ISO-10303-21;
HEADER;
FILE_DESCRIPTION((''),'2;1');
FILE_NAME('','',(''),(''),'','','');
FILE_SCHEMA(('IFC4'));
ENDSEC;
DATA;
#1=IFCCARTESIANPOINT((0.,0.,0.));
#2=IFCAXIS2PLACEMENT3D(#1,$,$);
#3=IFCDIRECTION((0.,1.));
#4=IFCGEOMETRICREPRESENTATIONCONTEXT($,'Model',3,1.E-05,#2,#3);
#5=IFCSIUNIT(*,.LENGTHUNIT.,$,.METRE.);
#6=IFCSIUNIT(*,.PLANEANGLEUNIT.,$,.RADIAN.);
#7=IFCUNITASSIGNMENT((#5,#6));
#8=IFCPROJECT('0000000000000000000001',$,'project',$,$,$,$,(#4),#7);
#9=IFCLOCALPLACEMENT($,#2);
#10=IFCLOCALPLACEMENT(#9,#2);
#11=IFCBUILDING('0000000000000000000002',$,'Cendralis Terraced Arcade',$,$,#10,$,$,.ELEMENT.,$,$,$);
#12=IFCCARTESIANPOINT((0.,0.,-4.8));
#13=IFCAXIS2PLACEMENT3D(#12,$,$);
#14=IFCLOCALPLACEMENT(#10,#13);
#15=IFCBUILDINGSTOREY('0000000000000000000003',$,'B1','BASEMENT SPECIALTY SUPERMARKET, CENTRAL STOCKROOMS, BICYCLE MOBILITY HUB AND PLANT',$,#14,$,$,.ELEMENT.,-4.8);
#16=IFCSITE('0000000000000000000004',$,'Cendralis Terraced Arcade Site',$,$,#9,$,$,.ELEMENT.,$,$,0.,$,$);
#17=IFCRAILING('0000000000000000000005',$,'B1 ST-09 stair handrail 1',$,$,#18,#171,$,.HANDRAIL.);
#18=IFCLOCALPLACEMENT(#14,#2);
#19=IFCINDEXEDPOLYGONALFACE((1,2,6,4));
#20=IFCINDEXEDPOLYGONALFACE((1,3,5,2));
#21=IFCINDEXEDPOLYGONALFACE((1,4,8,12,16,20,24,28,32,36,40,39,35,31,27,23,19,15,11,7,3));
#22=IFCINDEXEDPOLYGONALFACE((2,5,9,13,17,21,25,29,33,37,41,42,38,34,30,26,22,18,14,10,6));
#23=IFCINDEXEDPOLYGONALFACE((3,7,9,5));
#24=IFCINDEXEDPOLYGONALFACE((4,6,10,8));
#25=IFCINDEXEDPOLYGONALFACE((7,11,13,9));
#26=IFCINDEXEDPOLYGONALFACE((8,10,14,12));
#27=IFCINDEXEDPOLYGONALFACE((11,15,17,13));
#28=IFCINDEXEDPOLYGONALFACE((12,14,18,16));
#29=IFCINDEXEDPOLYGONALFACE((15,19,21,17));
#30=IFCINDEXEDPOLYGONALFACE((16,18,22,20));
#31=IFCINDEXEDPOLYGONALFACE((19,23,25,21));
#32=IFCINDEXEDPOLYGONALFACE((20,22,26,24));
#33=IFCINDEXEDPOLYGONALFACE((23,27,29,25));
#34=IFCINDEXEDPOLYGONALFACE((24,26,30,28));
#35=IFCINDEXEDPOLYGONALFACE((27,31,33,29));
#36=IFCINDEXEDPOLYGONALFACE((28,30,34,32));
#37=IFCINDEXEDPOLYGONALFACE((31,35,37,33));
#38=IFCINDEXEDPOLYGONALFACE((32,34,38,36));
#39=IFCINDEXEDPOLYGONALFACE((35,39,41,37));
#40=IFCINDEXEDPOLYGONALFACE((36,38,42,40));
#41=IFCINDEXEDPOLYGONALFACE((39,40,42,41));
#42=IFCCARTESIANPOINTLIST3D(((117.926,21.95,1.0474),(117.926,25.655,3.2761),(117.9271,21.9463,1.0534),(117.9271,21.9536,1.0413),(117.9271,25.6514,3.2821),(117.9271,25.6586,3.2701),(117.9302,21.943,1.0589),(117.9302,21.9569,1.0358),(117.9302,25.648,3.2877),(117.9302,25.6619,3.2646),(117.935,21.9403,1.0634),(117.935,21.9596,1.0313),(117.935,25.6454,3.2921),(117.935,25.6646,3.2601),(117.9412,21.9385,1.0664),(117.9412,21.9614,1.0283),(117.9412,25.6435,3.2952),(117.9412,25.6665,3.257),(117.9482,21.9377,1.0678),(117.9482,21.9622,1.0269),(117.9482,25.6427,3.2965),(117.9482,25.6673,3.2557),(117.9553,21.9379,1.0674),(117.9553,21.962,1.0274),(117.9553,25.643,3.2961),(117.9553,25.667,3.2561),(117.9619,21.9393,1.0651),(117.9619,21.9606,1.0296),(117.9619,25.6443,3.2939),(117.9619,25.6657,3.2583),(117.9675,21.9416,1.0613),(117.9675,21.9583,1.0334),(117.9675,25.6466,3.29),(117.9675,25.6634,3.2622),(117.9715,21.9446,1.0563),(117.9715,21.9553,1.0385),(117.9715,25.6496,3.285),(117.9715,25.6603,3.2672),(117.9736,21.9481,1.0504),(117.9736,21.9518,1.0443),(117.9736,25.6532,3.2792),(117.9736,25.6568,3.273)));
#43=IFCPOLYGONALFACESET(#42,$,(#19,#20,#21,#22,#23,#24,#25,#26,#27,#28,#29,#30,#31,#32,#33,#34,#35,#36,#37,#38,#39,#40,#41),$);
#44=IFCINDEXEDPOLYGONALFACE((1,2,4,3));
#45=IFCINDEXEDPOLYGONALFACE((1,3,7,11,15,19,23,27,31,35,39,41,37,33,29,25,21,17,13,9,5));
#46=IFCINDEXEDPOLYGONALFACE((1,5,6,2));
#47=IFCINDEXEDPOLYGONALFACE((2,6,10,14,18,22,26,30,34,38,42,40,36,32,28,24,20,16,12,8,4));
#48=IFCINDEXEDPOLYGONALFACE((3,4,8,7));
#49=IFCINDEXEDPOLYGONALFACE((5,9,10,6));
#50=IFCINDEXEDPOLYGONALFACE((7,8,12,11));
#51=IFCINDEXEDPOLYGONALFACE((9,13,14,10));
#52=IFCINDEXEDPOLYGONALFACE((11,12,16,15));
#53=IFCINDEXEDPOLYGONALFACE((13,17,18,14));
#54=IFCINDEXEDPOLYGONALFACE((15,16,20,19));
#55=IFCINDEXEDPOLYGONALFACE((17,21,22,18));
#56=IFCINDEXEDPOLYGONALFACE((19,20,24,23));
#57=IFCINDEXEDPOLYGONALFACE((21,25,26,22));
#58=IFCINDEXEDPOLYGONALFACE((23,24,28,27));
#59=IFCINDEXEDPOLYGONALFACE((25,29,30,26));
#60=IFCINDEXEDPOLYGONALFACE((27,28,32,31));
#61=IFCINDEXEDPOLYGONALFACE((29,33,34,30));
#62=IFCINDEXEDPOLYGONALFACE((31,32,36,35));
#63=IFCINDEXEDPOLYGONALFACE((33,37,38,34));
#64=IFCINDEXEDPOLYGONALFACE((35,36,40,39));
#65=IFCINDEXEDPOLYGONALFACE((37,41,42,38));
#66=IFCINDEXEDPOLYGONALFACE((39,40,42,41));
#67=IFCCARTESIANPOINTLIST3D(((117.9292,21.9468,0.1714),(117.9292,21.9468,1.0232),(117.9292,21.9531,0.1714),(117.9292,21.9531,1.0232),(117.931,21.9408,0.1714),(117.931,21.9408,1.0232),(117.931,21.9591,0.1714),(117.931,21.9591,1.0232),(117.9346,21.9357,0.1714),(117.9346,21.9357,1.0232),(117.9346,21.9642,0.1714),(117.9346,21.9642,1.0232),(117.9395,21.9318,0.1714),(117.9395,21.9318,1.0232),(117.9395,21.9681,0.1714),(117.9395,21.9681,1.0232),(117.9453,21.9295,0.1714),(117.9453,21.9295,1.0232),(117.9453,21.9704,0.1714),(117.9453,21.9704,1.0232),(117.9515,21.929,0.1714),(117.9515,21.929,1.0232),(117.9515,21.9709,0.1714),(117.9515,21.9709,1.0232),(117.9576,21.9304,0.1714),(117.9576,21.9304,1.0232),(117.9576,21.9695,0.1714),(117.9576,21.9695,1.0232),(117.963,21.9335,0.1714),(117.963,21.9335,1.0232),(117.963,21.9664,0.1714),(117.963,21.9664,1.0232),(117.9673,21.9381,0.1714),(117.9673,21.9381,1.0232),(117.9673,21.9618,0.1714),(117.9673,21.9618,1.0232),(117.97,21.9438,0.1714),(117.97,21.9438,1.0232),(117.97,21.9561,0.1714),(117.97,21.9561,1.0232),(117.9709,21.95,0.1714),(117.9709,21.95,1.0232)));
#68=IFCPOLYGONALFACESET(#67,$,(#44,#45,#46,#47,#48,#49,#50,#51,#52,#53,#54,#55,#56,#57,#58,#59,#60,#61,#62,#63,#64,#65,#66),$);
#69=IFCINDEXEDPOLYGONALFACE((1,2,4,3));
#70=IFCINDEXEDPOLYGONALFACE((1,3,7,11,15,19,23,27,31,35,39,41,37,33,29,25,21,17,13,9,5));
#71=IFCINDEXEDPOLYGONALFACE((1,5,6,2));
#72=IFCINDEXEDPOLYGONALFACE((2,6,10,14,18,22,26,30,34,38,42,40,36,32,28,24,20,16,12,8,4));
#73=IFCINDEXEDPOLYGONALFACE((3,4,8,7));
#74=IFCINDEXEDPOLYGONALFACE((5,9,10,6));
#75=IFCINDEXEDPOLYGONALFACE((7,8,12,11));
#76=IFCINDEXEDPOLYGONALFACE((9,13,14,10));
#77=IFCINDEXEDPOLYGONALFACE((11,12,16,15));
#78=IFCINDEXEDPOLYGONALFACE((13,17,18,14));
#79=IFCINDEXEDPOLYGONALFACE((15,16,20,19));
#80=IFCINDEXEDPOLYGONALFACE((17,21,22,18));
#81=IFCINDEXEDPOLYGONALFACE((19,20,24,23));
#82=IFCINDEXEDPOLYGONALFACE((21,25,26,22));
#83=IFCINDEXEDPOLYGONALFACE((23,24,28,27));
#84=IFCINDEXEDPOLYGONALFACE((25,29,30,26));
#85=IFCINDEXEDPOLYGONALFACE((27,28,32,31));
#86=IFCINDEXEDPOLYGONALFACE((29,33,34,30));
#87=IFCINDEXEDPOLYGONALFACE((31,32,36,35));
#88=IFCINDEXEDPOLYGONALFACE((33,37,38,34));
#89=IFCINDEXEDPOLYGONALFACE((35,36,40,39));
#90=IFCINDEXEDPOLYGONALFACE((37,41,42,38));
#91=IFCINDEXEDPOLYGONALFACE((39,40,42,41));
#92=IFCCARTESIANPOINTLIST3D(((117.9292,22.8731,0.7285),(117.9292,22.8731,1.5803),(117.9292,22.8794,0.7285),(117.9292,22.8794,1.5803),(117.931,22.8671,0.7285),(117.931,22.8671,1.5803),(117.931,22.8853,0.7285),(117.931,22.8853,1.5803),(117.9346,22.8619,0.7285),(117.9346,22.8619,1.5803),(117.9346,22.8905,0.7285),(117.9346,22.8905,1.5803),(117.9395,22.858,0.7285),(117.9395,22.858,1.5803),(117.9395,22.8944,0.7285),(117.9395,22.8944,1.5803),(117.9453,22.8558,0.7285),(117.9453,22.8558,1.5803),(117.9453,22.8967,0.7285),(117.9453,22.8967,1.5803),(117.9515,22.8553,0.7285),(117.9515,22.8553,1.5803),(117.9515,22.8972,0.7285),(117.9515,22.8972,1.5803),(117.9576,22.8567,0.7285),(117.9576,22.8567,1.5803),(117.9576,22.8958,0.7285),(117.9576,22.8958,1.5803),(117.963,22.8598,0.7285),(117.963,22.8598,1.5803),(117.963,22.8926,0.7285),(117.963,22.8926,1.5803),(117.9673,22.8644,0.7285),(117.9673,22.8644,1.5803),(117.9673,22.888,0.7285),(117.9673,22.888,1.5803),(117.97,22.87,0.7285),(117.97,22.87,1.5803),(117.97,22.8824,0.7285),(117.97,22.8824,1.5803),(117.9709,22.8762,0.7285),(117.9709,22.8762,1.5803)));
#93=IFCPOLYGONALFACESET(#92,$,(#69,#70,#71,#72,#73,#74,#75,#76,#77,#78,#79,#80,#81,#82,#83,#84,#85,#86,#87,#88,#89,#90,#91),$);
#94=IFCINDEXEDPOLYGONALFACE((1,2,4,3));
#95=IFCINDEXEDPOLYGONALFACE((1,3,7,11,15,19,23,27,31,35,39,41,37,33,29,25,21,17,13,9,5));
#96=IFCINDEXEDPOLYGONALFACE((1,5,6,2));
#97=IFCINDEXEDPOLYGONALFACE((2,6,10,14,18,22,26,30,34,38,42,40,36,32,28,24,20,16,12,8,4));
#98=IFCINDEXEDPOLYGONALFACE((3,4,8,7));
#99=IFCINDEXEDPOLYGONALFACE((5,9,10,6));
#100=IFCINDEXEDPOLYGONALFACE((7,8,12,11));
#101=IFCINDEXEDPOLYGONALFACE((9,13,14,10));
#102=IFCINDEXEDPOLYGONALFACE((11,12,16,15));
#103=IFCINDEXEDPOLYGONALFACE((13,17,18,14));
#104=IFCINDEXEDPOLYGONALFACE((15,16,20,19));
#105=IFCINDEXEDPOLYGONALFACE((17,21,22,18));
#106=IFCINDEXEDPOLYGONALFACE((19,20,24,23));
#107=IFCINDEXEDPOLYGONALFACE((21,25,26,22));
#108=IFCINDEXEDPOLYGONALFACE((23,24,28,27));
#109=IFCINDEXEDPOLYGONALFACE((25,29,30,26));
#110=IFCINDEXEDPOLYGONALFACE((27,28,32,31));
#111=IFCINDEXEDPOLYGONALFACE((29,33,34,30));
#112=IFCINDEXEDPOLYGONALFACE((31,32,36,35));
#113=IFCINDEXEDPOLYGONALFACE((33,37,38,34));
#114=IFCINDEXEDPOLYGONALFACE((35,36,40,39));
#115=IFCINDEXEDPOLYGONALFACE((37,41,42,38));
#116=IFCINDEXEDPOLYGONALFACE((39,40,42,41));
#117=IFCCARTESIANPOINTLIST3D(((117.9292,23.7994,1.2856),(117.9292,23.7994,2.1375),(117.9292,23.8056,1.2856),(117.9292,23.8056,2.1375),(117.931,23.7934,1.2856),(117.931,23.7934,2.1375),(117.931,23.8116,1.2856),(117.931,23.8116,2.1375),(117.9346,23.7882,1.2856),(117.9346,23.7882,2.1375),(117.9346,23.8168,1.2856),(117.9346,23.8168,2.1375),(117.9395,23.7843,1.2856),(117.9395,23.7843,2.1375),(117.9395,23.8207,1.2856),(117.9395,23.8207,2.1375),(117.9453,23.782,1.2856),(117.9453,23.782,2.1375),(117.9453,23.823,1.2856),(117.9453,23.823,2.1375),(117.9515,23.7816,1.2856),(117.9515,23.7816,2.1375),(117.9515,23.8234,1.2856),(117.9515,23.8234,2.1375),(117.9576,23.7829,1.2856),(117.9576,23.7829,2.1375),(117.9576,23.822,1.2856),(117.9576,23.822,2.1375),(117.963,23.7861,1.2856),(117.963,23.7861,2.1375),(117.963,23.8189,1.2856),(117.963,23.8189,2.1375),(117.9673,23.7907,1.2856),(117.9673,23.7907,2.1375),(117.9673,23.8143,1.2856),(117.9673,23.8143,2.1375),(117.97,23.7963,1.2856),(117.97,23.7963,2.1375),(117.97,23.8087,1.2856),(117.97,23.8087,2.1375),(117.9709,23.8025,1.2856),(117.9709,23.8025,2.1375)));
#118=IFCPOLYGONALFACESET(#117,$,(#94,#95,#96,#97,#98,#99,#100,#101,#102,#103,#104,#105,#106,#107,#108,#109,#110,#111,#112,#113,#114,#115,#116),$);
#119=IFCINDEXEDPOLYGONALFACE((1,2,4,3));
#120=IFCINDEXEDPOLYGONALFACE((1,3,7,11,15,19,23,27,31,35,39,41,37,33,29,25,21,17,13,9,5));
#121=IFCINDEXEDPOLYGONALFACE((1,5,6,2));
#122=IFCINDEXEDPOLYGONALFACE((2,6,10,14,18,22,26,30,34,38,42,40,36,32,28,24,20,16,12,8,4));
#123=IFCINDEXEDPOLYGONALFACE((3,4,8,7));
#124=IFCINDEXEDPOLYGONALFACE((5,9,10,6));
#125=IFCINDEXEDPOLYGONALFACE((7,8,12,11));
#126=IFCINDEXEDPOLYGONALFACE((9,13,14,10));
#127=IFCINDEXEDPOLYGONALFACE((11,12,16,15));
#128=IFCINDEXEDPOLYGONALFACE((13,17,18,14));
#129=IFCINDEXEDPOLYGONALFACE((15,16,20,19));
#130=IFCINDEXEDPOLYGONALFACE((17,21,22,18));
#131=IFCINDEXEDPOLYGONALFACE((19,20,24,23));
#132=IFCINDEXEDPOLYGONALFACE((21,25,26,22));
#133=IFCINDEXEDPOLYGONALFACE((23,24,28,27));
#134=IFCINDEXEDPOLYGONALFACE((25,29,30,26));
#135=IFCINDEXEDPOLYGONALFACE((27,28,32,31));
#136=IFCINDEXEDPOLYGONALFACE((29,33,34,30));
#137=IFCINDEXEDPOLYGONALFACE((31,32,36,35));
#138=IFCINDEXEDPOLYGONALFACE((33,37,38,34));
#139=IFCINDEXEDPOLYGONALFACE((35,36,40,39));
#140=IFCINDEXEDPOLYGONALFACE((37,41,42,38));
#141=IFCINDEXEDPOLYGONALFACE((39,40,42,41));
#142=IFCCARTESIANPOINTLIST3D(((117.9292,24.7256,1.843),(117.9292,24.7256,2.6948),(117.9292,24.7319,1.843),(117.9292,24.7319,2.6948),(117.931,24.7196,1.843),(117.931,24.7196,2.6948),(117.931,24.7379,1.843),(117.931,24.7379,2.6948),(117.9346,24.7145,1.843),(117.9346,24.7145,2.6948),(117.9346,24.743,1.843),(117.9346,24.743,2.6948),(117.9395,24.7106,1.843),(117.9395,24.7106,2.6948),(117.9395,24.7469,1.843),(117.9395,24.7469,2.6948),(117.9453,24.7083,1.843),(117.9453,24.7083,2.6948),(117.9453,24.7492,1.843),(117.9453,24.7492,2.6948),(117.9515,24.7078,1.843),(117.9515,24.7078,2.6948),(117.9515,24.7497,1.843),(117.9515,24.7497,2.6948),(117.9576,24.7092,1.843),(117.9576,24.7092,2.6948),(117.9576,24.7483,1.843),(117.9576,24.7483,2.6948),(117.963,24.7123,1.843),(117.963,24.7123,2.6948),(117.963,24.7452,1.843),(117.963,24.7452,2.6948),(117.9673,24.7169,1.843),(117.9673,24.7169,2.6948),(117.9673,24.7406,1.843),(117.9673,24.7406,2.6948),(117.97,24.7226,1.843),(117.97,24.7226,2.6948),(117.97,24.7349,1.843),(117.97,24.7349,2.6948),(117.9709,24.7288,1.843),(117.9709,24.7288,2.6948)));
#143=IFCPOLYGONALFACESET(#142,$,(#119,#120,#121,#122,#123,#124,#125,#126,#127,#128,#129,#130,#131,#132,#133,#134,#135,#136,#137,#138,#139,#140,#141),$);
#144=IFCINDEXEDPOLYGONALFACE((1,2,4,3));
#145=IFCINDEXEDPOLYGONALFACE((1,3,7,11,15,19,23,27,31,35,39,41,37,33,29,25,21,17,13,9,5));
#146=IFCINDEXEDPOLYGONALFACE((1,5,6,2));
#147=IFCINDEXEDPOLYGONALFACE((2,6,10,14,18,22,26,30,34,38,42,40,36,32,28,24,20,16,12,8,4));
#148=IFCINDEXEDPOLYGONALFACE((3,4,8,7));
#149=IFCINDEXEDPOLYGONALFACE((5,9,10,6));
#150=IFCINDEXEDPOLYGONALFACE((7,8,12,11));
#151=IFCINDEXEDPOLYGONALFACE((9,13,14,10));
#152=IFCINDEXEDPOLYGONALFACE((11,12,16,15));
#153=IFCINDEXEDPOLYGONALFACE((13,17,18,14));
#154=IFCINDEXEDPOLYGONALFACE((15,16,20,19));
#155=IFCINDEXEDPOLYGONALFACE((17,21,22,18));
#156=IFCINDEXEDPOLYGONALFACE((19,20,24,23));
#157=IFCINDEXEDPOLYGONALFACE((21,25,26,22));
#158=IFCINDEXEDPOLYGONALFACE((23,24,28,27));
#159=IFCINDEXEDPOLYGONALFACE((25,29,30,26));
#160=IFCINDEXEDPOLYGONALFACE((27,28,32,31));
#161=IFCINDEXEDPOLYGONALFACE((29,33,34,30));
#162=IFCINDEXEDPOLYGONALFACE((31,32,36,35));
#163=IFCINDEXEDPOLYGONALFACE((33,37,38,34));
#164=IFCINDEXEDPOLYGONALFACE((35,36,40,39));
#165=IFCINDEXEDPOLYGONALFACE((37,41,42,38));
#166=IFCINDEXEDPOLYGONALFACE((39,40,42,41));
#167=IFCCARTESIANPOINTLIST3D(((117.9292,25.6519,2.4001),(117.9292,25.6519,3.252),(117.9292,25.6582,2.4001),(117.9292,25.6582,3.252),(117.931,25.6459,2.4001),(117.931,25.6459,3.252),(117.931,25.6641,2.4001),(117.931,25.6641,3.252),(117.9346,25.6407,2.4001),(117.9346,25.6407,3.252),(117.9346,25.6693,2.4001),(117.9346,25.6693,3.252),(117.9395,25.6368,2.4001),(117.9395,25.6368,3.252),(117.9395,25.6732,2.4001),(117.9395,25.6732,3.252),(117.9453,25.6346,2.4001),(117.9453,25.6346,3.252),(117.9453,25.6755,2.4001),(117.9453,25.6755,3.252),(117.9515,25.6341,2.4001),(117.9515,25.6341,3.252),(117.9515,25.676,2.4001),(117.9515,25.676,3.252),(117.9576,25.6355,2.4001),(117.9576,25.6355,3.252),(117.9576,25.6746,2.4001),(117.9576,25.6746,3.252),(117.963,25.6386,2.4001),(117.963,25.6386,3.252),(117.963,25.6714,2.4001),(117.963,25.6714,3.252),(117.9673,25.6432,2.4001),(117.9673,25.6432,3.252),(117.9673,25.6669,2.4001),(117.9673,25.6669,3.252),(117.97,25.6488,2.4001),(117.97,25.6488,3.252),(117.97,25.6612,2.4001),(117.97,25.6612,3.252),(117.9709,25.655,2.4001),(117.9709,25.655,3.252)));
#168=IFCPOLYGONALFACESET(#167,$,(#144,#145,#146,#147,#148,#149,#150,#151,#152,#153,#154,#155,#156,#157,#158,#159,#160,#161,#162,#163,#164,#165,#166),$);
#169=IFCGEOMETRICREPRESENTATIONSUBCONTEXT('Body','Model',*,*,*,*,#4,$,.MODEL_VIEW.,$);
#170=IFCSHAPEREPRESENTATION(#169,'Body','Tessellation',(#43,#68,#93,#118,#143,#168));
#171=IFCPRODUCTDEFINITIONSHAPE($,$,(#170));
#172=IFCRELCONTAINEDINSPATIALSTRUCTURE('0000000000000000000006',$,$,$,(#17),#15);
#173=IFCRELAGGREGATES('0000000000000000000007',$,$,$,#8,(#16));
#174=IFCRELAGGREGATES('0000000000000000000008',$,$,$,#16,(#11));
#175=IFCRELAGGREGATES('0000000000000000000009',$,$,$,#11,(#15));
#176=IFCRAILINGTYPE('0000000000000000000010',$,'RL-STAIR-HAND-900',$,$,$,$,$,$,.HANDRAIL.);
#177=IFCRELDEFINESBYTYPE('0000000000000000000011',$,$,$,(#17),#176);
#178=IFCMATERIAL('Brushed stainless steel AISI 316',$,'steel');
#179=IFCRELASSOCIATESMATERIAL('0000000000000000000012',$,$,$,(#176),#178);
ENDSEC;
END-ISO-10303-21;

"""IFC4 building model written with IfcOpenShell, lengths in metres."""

from ifc_helpers import new_model, si_unit, direction, frame, origin, origin_2d, place, context, subcontext, project, spatial, circle, extrude, material, type_object, element, save


model = new_model("IFC4")

# Units and contexts
model_context = context("Model", 3, precision=1e-05, world=origin(), true_north=direction((0.0, 1.0)))
body_context = subcontext(model_context, "Body", "Model", "MODEL_VIEW")
ifc_project = project(units=[si_unit("LENGTHUNIT", "METRE"), si_unit("PLANEANGLEUNIT", "RADIAN")], contexts=[model_context])

# Site, building, storey
site_placement = place(None, origin())
site = spatial("IfcSite", under=ifc_project, at=site_placement, Name="Cendralis Terraced Arcade Site", CompositionType="ELEMENT", RefElevation=0.0)
building_placement = place(site_placement, origin())
building = spatial("IfcBuilding", under=site, at=building_placement, Name="Cendralis Terraced Arcade", CompositionType="ELEMENT")
storey_placement = place(building_placement, frame((0.0, 0.0, -4.8)))
storey = spatial("IfcBuildingStorey", under=building, at=storey_placement, Name="B1", Description="BASEMENT SPECIALTY SUPERMARKET, CENTRAL STOCKROOMS, BICYCLE MOBILITY HUB AND PLANT", CompositionType="ELEMENT", Elevation=-4.8)

# Railing
ifc_material_1 = material(Name="Brushed stainless steel AISI 316", Category="steel")
railing_type = type_object("IfcRailingType", Name="RL-STAIR-HAND-900", PredefinedType="HANDRAIL", material=ifc_material_1)
railing_placement = place(storey_placement, frame((117.95, 21.95, 0.1714)))
element("IfcRailing", 1, at=railing_placement, inside=storey, type_object=railing_type, Name="B1 ST-09 stair handrail 1", PredefinedType="HANDRAIL", context=body_context, shape_type="SweptSolid", body=[
    extrude(circle(Radius=0.0239, at=origin_2d()), frame((0.0, 0.0, 0.876), z_axis=(0.0, 0.856909, 0.515467), x_axis=(-1.0, 0.0, 0.0)), (0.0, 0.0, 1.0), 4.3237),
    extrude(circle(Radius=0.021, at=origin_2d()), origin(), (0.0, 0.0, 1.0), 0.8518),
    extrude(circle(Radius=0.021, at=origin_2d()), frame((0.0, 0.9263, 0.5571)), (0.0, 0.0, 1.0), 0.8518),
    extrude(circle(Radius=0.021, at=origin_2d()), frame((0.0, 1.8525, 1.1143)), (0.0, 0.0, 1.0), 0.8518),
    extrude(circle(Radius=0.021, at=origin_2d()), frame((0.0, 2.7788, 1.6716)), (0.0, 0.0, 1.0), 0.8518),
    extrude(circle(Radius=0.021, at=origin_2d()), frame((0.0, 3.7051, 2.2288)), (0.0, 0.0, 1.0), 0.8518),
])

save(model, "model.ifc")
